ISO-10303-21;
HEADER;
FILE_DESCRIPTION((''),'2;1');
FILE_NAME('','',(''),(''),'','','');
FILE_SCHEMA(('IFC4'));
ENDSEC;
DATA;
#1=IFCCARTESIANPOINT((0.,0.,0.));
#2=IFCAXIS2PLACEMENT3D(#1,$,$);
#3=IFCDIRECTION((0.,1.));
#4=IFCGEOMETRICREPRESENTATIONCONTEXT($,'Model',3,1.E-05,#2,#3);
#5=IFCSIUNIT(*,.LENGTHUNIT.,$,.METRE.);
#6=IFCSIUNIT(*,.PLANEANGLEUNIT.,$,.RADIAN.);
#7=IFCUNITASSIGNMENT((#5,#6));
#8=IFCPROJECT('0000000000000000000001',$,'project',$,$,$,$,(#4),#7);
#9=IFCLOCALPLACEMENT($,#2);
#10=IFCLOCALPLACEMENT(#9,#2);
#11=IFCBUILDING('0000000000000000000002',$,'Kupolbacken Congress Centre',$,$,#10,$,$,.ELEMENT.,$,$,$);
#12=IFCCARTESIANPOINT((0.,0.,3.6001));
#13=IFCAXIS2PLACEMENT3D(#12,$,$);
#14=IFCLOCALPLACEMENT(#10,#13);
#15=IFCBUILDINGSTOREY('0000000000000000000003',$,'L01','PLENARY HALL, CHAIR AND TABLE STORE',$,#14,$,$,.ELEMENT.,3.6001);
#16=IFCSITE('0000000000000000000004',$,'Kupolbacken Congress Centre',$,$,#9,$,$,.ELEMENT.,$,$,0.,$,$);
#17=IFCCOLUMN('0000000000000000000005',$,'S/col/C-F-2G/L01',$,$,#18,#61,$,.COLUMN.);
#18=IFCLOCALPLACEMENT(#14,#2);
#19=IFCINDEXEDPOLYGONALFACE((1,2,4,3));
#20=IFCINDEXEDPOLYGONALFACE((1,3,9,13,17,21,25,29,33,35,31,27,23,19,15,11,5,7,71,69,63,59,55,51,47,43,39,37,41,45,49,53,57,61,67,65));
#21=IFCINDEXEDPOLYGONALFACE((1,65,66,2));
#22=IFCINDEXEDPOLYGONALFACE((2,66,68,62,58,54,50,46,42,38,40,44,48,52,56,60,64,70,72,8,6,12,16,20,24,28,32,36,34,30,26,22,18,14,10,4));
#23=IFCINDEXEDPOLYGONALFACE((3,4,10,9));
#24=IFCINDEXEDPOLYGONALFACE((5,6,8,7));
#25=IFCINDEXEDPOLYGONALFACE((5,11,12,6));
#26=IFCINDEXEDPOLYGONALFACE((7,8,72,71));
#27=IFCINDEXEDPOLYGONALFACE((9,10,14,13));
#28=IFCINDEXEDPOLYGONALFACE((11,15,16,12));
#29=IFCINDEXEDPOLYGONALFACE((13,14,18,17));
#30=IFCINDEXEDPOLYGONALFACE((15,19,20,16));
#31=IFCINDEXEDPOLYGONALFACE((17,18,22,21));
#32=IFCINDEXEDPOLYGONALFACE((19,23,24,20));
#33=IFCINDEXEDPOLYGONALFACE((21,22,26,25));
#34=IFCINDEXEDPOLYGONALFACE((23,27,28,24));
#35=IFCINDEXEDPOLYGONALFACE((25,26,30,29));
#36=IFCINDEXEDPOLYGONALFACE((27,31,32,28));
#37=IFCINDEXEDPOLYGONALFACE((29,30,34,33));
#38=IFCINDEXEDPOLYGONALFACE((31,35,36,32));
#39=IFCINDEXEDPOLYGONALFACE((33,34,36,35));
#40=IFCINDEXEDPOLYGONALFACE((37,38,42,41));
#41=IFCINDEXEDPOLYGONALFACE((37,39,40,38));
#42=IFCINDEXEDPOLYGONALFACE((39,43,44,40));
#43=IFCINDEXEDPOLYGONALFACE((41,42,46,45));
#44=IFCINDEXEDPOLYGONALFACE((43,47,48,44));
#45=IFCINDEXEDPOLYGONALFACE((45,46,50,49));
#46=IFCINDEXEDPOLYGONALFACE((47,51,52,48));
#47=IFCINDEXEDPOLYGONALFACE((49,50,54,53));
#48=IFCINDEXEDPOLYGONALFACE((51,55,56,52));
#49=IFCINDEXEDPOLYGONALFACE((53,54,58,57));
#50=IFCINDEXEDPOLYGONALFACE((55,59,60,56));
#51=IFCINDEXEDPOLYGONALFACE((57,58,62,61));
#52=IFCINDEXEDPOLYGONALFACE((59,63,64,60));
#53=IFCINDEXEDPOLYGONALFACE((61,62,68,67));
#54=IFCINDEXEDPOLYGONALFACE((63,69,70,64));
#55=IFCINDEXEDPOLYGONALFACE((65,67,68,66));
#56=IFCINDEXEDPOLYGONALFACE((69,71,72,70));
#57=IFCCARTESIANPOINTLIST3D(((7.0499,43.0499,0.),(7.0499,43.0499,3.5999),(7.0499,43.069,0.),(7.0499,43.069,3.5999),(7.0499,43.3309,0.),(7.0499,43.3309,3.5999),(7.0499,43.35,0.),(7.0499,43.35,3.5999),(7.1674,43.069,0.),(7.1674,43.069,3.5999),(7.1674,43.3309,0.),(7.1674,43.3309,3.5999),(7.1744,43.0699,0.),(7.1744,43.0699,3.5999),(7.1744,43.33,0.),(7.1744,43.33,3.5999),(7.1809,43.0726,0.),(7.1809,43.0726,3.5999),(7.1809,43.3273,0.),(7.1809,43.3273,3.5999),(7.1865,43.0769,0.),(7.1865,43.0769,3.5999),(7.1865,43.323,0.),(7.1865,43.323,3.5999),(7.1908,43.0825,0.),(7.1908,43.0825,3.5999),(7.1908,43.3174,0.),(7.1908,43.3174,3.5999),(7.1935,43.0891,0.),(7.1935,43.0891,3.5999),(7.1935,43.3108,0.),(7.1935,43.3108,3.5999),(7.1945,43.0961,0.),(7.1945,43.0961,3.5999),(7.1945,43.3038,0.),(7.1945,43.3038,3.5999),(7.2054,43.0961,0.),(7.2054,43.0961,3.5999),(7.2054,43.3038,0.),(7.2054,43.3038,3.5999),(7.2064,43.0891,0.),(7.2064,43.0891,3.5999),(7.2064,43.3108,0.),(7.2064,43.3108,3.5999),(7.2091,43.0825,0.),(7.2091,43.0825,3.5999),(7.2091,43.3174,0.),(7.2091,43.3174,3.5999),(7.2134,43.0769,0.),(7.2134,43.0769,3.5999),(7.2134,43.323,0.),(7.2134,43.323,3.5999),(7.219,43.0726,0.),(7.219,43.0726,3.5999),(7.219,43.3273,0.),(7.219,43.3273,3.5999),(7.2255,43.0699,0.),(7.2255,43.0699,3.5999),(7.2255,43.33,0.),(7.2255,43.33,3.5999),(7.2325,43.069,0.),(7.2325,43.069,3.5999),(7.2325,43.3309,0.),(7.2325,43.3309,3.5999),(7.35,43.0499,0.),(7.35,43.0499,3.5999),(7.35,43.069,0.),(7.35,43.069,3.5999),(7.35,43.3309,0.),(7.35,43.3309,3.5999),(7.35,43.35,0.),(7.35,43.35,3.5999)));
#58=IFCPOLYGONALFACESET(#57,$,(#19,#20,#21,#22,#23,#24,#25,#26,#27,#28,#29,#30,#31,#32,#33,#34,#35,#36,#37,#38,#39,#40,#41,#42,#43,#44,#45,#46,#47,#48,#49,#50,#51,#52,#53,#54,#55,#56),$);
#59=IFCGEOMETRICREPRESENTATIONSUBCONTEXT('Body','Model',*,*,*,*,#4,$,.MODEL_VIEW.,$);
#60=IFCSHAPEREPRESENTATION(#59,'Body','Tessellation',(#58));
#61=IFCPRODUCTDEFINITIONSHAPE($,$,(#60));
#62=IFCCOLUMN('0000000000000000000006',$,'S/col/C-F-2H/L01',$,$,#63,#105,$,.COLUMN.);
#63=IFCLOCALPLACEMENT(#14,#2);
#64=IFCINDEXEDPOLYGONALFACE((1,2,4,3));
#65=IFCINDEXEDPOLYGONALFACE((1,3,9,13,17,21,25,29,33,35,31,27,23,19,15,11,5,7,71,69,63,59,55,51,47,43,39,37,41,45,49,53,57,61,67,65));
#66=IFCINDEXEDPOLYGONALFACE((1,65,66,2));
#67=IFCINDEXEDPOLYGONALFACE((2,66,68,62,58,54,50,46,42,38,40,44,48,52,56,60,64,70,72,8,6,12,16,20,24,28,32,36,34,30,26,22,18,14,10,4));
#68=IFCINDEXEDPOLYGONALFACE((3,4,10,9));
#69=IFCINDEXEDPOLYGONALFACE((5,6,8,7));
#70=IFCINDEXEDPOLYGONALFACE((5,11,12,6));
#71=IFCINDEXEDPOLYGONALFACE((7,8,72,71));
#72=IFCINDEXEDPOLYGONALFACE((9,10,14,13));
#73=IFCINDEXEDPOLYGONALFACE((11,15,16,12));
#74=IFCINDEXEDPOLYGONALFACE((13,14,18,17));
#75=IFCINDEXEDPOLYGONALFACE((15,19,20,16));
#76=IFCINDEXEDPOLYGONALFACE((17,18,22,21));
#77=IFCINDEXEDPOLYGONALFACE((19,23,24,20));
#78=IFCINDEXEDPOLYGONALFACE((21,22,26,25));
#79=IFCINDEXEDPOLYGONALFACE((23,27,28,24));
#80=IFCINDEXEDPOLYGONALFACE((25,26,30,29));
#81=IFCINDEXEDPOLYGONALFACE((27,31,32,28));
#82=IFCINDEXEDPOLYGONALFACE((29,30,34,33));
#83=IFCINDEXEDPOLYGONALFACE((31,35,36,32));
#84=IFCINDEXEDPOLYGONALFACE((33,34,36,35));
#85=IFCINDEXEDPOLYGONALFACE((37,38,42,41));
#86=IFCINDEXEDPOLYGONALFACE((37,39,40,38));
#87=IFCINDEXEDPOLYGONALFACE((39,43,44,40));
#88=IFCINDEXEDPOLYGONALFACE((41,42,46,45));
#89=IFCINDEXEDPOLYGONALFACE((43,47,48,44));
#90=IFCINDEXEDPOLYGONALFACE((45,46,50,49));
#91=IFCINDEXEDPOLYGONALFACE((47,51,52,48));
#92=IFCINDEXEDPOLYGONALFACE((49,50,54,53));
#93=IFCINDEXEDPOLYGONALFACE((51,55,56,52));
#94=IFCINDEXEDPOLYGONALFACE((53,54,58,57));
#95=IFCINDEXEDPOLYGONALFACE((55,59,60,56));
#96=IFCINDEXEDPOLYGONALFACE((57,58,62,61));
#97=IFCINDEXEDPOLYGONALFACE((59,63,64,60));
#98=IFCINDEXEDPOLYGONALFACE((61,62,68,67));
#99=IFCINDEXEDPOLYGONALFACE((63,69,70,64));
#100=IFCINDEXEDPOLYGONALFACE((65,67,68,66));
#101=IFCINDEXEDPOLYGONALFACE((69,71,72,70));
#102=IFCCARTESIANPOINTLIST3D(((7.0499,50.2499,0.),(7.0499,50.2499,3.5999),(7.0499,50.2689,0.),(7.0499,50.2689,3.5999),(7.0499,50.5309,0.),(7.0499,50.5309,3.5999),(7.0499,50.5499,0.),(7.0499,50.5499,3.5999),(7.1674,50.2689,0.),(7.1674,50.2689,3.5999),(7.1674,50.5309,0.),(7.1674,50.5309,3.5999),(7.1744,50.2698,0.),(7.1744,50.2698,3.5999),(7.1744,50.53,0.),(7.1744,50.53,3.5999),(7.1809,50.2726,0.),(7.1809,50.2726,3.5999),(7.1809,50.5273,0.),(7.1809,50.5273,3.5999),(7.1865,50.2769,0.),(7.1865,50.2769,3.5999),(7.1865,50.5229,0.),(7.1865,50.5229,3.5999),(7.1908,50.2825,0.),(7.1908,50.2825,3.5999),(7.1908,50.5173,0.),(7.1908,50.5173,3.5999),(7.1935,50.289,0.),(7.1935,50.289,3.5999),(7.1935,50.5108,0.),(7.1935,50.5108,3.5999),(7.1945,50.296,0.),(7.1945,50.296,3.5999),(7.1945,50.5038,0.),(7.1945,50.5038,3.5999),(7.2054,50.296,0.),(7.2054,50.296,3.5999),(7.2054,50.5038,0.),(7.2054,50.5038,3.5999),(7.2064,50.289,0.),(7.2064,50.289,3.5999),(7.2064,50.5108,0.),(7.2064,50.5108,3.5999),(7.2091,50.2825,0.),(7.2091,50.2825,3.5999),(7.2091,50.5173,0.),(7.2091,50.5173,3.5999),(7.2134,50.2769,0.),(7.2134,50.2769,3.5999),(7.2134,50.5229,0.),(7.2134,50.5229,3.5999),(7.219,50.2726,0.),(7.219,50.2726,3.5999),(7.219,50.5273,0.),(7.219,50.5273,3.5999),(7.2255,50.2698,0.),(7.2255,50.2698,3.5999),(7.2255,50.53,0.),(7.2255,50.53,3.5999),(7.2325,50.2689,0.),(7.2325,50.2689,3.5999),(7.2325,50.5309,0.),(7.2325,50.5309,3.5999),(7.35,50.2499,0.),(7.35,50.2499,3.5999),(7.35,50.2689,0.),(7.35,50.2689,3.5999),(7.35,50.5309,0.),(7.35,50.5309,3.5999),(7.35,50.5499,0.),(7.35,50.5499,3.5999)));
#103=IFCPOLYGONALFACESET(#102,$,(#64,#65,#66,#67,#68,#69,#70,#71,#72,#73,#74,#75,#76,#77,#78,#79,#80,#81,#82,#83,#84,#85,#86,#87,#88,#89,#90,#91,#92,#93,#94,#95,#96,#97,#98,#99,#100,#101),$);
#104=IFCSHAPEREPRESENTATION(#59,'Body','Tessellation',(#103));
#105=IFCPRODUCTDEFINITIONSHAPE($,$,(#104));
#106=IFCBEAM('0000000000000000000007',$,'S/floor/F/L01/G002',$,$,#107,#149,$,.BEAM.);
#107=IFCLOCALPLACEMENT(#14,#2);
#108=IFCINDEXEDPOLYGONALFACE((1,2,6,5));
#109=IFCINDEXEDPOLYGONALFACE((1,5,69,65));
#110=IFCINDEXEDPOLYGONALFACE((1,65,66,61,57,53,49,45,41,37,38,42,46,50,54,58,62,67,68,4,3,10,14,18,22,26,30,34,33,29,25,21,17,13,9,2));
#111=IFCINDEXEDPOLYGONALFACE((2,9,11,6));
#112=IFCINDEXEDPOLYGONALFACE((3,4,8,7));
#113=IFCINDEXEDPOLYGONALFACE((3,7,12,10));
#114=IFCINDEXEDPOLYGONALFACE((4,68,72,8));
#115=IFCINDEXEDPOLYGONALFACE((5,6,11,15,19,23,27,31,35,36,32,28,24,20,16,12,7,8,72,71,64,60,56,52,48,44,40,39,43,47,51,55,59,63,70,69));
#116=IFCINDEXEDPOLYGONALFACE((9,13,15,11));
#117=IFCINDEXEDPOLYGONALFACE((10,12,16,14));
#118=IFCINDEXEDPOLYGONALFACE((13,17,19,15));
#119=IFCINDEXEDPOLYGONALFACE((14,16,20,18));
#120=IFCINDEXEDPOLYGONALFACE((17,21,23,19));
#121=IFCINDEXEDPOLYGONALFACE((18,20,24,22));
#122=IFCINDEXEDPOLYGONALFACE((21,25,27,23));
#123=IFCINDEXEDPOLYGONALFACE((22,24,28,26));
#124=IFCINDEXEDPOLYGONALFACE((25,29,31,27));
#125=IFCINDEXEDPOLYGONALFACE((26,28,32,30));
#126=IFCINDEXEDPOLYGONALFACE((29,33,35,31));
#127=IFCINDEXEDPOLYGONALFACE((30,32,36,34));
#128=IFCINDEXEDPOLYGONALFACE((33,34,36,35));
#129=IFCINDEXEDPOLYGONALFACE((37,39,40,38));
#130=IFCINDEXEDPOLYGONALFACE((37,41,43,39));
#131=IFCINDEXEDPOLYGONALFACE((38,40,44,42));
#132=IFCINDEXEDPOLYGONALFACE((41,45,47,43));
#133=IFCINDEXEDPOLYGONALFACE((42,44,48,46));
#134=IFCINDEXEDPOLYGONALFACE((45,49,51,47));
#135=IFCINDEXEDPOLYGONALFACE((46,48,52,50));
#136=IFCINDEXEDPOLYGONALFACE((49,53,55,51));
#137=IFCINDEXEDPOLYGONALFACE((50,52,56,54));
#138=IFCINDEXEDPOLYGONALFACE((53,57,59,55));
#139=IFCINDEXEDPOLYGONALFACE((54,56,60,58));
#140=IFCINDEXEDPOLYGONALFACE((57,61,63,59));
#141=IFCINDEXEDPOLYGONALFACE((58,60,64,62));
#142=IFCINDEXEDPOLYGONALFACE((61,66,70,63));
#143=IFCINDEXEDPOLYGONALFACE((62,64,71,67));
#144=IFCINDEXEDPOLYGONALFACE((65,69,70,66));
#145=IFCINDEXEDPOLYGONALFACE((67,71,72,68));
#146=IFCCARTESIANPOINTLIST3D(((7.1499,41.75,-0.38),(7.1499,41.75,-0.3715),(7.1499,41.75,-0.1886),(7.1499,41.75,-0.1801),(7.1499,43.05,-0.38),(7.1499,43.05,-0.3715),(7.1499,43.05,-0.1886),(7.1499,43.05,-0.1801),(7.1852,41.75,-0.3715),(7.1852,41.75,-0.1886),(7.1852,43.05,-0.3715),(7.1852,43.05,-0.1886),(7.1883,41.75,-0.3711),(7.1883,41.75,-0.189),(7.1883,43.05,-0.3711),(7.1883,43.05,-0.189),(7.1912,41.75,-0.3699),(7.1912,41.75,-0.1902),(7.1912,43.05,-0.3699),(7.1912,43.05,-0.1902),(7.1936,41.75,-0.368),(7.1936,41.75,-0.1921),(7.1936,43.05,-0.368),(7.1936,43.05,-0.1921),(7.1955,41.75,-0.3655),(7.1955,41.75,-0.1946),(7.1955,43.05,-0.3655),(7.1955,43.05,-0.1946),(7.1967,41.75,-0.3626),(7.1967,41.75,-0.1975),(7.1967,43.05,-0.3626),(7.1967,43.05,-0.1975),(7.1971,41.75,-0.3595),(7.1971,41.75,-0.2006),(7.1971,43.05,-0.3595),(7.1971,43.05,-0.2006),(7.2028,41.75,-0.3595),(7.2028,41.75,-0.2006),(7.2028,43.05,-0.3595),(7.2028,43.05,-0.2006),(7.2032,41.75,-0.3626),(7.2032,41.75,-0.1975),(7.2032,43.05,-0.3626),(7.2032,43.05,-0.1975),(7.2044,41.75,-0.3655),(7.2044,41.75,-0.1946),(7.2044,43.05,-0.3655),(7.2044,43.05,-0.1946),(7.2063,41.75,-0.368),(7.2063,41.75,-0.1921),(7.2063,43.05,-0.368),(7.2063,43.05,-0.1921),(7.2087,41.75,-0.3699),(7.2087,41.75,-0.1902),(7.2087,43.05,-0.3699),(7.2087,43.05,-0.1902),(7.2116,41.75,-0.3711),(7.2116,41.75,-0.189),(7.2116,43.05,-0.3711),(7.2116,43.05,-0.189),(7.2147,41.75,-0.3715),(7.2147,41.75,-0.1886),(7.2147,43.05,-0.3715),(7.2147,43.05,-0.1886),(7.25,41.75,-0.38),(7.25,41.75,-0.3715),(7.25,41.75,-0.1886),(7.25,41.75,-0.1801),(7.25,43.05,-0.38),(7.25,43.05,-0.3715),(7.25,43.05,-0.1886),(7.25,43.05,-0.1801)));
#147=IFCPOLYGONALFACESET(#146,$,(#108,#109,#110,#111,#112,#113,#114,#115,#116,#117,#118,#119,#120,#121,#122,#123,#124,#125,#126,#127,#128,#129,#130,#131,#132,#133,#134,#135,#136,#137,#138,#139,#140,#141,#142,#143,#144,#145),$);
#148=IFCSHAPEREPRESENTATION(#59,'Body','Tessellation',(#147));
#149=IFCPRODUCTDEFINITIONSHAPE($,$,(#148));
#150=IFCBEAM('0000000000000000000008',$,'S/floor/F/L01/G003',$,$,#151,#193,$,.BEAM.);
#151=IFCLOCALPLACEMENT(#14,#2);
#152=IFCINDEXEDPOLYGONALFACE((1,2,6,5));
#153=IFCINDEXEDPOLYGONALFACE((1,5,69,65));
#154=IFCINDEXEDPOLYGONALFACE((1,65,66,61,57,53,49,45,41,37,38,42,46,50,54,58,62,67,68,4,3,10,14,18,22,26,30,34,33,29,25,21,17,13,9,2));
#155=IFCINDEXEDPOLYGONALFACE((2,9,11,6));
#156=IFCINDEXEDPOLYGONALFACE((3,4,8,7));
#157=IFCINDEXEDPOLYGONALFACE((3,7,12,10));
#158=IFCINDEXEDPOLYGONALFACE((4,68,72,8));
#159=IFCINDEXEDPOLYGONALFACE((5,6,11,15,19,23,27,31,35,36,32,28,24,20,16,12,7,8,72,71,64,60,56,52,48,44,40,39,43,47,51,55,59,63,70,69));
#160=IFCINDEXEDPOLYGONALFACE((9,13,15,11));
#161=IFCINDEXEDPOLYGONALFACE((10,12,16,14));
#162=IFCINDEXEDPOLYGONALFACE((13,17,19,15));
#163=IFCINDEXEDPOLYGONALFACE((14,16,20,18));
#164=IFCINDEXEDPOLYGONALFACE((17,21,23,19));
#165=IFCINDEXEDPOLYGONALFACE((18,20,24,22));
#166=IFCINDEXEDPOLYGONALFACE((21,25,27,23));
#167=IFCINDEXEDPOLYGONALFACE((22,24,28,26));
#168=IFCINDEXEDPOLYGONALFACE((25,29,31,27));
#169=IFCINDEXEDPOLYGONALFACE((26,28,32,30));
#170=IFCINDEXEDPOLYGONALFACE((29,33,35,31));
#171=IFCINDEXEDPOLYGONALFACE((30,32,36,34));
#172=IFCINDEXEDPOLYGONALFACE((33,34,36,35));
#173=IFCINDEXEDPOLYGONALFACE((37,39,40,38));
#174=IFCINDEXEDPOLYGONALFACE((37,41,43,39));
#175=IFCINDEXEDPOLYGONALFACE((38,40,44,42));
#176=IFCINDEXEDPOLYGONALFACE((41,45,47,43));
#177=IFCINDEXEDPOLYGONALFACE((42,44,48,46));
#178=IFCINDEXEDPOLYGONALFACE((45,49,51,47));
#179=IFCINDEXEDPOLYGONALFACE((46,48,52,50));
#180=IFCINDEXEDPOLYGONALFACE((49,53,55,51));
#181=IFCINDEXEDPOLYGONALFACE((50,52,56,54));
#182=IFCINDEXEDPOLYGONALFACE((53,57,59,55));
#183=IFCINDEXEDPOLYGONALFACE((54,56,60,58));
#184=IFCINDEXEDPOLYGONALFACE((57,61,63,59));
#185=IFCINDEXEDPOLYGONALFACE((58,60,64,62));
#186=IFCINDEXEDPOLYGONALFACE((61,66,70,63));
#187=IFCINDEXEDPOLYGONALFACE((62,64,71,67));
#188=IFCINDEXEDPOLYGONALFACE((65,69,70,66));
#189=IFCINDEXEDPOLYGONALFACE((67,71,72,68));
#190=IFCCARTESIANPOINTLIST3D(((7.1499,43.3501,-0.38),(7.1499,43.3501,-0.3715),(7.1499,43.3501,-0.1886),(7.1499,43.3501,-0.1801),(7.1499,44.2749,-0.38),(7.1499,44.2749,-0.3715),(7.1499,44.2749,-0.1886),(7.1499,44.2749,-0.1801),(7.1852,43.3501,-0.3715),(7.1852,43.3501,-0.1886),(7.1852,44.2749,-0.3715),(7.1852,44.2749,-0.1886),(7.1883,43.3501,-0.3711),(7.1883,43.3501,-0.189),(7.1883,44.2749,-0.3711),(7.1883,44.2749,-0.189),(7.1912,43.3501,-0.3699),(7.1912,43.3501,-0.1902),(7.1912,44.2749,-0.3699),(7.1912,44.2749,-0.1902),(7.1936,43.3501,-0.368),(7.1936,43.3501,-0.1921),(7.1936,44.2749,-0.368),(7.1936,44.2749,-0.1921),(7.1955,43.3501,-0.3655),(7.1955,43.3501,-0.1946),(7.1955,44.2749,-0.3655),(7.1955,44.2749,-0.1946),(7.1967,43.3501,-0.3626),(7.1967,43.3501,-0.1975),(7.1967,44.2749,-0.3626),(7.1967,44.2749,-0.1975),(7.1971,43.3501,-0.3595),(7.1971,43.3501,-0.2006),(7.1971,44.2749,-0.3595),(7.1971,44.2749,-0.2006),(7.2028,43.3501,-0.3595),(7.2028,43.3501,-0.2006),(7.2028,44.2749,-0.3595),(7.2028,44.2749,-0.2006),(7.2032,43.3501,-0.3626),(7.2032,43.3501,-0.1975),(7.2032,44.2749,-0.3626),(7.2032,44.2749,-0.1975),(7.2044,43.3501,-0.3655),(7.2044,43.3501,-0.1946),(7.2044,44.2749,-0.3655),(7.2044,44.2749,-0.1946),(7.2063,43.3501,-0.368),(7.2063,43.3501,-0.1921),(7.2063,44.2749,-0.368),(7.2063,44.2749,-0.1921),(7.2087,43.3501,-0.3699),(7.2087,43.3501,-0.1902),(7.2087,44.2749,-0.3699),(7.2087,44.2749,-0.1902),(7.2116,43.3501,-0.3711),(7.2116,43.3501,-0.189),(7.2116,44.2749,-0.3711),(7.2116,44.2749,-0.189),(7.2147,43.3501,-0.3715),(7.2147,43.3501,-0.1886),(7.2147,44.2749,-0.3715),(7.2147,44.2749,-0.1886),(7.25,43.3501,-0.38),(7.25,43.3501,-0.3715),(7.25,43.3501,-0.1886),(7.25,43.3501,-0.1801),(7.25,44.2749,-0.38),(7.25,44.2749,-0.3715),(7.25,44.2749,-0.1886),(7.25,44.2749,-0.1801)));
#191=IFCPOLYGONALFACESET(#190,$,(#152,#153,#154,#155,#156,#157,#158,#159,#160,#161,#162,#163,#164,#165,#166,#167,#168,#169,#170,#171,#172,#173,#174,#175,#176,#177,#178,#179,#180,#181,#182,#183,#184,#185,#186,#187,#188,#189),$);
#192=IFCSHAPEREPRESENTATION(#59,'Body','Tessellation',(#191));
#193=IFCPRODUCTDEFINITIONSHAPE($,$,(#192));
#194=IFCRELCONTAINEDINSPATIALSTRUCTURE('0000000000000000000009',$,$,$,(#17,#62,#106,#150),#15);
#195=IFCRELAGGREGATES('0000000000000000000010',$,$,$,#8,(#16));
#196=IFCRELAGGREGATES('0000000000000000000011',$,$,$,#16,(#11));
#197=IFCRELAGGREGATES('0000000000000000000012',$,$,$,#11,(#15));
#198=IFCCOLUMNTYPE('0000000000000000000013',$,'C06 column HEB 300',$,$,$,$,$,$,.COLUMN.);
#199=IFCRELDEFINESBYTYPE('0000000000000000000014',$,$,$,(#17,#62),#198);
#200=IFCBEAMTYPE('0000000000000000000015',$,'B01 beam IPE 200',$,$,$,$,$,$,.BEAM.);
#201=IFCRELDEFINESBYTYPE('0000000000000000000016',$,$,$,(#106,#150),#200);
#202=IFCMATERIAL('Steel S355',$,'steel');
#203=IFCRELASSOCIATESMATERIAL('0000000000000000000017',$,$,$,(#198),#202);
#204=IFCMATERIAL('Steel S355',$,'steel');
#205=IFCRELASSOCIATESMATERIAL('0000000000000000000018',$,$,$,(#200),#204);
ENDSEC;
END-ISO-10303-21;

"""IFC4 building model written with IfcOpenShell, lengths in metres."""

from ifc_helpers import new_model, si_unit, direction, frame, origin, origin_2d, place, context, subcontext, project, spatial, i_section, extrude, material, material_profile, profile_set, type_object, element, save


model = new_model("IFC4")

# Units and contexts
model_context = context("Model", 3, precision=1e-05, world=origin(), true_north=direction((0.0, 1.0)))
body_context = subcontext(model_context, "Body", "Model", "MODEL_VIEW")
ifc_project = project(units=[si_unit("LENGTHUNIT", "METRE"), si_unit("PLANEANGLEUNIT", "RADIAN")], contexts=[model_context])

# Site, building, storey
site_placement = place(None, origin())
site = spatial("IfcSite", under=ifc_project, at=site_placement, Name="Kupolbacken Congress Centre", CompositionType="ELEMENT", RefElevation=0.0)
building_placement = place(site_placement, origin())
building = spatial("IfcBuilding", under=site, at=building_placement, Name="Kupolbacken Congress Centre", CompositionType="ELEMENT")
storey_placement = place(building_placement, frame((0.0, 0.0, 3.6001)))
storey = spatial("IfcBuildingStorey", under=building, at=storey_placement, Name="L01", Description="PLENARY HALL, CHAIR AND TABLE STORE", CompositionType="ELEMENT", Elevation=3.6001)

# Columns
ifc_material_1 = material(Name="Steel S355", Category="steel")
ifc_material_profile_1 = material_profile(ifc_material_1, i_section(OverallWidth=0.3, OverallDepth=0.3, WebThickness=0.011, FlangeThickness=0.019, FilletRadius=0.0271, at=origin_2d()), Name="HEB 300")
ifc_profile_set_1 = profile_set([ifc_material_profile_1], Name="Steel S355")
column_type = type_object("IfcColumnType", Name="C06 column HEB 300", PredefinedType="COLUMN", material=ifc_profile_set_1)
for number, where, z_axis, x_axis, name in (
    (1, (7.2, 43.2, 0.0), (0.0, 0.0, 1.0), (1.0, 0.0, 0.0), "S/col/C-F-2G/L01"),
    (2, (7.2, 50.3999, 0.0), (0.0, 0.0, 1.0), (1.0, 0.0, 0.0), "S/col/C-F-2H/L01"),
):
    element("IfcColumn", number, at=place(storey_placement, frame(where, z_axis=z_axis, x_axis=x_axis)), inside=storey, type_object=column_type, Name=name, PredefinedType="COLUMN", context=body_context, shape_type="SweptSolid", body=[
        extrude(i_section(OverallWidth=0.3, OverallDepth=0.3, WebThickness=0.011, FlangeThickness=0.019, FilletRadius=0.0271, at=origin_2d()), origin(), (0.0, 0.0, 1.0), 3.5999),
    ])

# Beams
ifc_material_2 = material(Name="Steel S355", Category="steel")
ifc_material_profile_2 = material_profile(ifc_material_2, i_section(OverallWidth=0.1001, OverallDepth=0.2, WebThickness=0.0056, FlangeThickness=0.0085, FilletRadius=0.012, at=origin_2d()), Name="IPE 200")
ifc_profile_set_2 = profile_set([ifc_material_profile_2], Name="Steel S355")
beam_type_1 = type_object("IfcBeamType", Name="B01 beam IPE 200", PredefinedType="BEAM", material=ifc_profile_set_2)
beam_1_placement = place(storey_placement, frame((7.2, 41.75, -0.28), z_axis=(0.0, 1.0, 0.0), x_axis=(-1.0, 0.0, 0.0)))
element("IfcBeam", 3, at=beam_1_placement, inside=storey, type_object=beam_type_1, Name="S/floor/F/L01/G002", PredefinedType="BEAM", context=body_context, shape_type="SweptSolid", body=[
    extrude(i_section(OverallWidth=0.1001, OverallDepth=0.2, WebThickness=0.0056, FlangeThickness=0.0085, FilletRadius=0.012, at=origin_2d()), origin(), (0.0, 0.0, 1.0), 1.3),
])
beam_2_placement = place(storey_placement, frame((7.2, 43.3501, -0.28), z_axis=(0.0, 1.0, 0.0), x_axis=(-1.0, 0.0, 0.0)))
element("IfcBeam", 4, at=beam_2_placement, inside=storey, type_object=beam_type_1, Name="S/floor/F/L01/G003", PredefinedType="BEAM", context=body_context, shape_type="SweptSolid", body=[
    extrude(i_section(OverallWidth=0.1001, OverallDepth=0.2, WebThickness=0.0056, FlangeThickness=0.0085, FilletRadius=0.012, at=origin_2d()), origin(), (0.0, 0.0, 1.0), 0.9248),
])

save(model, "model.ifc")
